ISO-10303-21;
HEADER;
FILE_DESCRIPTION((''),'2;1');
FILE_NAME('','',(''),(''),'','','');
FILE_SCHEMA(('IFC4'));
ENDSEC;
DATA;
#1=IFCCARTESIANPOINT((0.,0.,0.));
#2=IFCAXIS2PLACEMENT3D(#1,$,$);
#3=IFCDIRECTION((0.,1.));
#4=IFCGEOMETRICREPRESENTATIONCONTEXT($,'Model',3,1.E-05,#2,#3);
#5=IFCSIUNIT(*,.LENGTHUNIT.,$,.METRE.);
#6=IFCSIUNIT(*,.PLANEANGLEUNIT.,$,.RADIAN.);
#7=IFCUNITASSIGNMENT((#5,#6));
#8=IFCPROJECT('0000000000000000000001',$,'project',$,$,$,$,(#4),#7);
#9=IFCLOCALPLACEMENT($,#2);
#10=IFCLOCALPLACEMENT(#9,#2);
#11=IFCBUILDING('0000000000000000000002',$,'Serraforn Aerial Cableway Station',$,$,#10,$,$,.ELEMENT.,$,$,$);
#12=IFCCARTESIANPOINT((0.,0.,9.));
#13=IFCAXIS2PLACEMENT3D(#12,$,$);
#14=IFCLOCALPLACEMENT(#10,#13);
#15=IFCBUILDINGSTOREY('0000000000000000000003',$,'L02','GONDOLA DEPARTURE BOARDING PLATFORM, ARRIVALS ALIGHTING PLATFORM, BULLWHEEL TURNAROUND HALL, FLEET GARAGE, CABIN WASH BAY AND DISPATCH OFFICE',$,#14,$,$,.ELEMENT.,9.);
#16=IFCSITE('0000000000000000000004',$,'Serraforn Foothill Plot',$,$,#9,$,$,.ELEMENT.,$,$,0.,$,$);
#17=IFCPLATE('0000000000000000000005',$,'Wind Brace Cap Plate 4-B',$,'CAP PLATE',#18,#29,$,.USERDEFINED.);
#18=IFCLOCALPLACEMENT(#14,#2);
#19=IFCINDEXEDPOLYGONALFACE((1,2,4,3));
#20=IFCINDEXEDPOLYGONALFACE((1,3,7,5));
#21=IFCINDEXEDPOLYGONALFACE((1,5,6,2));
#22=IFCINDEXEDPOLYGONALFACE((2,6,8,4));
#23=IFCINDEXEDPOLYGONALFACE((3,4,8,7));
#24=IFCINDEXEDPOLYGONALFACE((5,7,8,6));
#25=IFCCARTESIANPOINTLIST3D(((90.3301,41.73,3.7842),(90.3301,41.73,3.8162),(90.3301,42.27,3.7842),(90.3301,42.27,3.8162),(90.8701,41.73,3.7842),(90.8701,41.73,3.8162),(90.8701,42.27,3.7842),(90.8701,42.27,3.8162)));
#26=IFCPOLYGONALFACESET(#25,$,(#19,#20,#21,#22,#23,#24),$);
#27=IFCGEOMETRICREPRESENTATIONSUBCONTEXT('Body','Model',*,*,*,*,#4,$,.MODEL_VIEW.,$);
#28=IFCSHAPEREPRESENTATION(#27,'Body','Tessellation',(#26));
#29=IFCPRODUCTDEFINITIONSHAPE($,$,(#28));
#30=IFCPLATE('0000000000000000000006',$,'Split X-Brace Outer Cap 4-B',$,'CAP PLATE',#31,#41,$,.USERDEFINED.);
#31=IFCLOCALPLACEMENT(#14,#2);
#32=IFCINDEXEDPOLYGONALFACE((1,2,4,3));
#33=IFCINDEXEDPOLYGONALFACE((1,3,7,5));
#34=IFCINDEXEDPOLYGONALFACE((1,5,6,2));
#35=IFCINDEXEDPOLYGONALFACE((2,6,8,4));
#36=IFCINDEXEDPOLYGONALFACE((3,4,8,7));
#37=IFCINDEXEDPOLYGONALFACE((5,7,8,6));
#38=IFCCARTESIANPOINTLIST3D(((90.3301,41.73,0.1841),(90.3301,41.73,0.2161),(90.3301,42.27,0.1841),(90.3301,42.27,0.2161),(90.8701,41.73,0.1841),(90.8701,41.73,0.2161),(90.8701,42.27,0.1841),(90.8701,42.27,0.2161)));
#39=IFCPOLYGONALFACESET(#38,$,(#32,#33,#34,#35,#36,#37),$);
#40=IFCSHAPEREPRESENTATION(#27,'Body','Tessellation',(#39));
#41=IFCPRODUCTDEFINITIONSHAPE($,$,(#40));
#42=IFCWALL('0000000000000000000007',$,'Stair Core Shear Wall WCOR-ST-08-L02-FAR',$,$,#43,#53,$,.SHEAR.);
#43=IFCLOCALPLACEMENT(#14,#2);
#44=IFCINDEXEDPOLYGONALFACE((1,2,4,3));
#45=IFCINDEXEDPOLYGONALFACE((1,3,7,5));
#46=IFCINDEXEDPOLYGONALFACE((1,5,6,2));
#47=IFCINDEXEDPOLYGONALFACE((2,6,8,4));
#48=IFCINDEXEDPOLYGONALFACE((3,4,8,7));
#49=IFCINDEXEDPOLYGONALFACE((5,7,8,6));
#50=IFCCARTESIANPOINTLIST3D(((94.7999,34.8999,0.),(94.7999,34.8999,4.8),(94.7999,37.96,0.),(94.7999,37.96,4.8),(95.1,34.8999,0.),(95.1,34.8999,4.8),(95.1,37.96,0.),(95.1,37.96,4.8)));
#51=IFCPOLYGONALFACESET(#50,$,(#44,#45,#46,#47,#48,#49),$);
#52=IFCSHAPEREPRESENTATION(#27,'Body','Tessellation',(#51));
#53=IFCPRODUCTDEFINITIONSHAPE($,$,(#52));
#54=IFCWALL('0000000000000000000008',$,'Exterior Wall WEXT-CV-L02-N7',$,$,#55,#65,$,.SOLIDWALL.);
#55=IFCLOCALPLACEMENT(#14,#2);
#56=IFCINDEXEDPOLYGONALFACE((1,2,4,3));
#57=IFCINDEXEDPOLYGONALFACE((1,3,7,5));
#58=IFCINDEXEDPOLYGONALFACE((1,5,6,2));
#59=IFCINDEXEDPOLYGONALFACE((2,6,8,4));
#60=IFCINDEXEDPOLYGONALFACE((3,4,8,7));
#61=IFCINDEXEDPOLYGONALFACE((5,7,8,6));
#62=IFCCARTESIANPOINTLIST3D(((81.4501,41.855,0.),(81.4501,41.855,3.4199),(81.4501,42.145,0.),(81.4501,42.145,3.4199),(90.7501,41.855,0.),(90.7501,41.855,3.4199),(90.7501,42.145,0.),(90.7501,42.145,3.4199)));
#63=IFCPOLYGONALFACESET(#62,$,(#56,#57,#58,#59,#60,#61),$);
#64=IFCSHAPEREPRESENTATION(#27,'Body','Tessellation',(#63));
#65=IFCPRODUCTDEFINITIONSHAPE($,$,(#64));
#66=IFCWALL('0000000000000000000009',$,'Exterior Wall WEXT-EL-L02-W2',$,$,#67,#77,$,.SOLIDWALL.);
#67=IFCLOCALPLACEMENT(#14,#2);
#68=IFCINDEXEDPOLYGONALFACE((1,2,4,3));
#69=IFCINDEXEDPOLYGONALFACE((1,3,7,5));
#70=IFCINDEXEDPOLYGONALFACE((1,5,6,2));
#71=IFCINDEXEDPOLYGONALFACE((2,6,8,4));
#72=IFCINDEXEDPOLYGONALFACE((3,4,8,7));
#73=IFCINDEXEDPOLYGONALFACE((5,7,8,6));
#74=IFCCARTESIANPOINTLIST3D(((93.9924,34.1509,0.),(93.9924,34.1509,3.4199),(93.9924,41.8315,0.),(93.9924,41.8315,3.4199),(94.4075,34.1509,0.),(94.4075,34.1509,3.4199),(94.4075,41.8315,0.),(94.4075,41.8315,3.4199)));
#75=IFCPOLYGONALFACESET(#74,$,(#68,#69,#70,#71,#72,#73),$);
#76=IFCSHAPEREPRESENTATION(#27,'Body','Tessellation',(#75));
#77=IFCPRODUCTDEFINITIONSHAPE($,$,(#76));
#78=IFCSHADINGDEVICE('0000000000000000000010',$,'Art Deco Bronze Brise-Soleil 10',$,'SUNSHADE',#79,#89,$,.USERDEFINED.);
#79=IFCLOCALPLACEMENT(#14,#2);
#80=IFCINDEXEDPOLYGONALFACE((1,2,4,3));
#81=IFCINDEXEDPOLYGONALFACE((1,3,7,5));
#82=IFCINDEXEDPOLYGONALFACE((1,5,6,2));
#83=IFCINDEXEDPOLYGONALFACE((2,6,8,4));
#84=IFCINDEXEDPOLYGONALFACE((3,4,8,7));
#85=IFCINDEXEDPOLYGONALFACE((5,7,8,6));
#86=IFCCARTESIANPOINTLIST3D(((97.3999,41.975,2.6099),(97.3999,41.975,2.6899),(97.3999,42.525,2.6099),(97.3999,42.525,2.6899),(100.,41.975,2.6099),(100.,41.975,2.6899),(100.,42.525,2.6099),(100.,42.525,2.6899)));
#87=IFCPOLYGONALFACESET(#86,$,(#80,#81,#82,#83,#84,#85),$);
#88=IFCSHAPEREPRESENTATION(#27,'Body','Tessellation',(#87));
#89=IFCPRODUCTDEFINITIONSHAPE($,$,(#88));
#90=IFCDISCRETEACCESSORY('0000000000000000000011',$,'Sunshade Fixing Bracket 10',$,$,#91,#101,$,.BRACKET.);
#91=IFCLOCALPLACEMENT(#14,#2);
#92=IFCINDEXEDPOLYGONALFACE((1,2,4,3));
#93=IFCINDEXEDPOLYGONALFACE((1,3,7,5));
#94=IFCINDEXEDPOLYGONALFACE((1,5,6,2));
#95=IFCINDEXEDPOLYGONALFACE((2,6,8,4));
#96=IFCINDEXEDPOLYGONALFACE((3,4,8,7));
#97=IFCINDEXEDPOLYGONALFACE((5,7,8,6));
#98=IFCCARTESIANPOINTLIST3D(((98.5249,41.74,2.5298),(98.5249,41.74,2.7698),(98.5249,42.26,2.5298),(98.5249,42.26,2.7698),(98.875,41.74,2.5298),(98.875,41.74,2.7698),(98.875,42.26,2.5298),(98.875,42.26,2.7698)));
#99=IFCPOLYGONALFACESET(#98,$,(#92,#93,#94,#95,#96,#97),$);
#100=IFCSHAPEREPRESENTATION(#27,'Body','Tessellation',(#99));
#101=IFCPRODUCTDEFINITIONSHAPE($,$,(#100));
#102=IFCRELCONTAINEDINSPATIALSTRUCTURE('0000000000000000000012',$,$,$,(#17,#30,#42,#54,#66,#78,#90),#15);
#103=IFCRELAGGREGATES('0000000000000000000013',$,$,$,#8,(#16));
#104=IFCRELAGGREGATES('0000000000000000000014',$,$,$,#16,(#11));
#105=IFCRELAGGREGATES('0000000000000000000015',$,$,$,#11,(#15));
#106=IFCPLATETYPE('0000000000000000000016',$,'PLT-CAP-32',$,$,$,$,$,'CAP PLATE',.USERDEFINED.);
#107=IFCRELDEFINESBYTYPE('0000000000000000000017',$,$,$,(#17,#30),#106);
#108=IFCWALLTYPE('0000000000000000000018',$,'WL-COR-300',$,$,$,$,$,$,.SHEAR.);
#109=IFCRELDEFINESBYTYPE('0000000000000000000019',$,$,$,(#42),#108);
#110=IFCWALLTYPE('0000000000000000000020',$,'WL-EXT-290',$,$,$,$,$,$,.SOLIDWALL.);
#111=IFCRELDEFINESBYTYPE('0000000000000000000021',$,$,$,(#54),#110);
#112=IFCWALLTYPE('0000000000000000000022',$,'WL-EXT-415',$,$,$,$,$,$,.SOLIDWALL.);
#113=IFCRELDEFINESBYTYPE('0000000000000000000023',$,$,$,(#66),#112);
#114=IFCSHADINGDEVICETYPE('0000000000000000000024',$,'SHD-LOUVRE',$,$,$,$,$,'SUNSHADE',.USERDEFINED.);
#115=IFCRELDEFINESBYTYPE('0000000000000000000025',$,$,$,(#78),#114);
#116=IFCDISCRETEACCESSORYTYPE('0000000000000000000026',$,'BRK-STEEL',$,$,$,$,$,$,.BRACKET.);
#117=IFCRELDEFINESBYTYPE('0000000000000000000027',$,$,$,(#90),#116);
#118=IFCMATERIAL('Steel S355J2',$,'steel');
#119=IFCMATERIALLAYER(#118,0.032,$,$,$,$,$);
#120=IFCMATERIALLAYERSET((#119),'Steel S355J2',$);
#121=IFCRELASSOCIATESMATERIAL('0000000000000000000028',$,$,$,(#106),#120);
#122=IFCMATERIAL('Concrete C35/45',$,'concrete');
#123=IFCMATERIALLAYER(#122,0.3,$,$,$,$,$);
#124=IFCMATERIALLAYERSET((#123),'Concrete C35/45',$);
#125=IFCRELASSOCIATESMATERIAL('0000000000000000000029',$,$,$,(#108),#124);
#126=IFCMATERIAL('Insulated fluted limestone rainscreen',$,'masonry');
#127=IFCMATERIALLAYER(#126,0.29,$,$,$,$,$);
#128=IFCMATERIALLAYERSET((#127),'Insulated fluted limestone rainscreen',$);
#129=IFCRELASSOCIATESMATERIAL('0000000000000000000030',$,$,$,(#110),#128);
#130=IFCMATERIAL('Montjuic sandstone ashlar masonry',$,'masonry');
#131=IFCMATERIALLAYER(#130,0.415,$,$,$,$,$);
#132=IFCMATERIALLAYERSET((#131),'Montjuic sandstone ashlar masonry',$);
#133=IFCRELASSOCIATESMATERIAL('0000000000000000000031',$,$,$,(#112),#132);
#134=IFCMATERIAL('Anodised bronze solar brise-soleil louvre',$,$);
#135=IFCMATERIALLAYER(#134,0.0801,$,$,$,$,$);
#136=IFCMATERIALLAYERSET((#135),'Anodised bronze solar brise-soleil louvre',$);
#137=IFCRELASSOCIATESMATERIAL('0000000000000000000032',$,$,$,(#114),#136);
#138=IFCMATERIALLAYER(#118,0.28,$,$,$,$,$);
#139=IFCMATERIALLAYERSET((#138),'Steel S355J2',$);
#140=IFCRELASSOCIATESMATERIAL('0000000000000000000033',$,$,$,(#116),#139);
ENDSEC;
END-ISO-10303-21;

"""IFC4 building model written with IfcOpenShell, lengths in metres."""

from ifc_helpers import new_model, si_unit, direction, frame, frame_2d, origin, origin_2d, place, context, subcontext, project, spatial, rectangle, extrude, material, layer, layer_set, type_object, element, save


model = new_model("IFC4")

# Units and contexts
model_context = context("Model", 3, precision=1e-05, world=origin(), true_north=direction((0.0, 1.0)))
body_context = subcontext(model_context, "Body", "Model", "MODEL_VIEW")
ifc_project = project(units=[si_unit("LENGTHUNIT", "METRE"), si_unit("PLANEANGLEUNIT", "RADIAN")], contexts=[model_context])

# Site, building, storey
site_placement = place(None, origin())
site = spatial("IfcSite", under=ifc_project, at=site_placement, Name="Serraforn Foothill Plot", CompositionType="ELEMENT", RefElevation=0.0)
building_placement = place(site_placement, origin())
building = spatial("IfcBuilding", under=site, at=building_placement, Name="Serraforn Aerial Cableway Station", CompositionType="ELEMENT")
storey_placement = place(building_placement, frame((0.0, 0.0, 9.0)))
storey = spatial("IfcBuildingStorey", under=building, at=storey_placement, Name="L02", Description="GONDOLA DEPARTURE BOARDING PLATFORM, ARRIVALS ALIGHTING PLATFORM, BULLWHEEL TURNAROUND HALL, FLEET GARAGE, CABIN WASH BAY AND DISPATCH OFFICE", CompositionType="ELEMENT", Elevation=9.0)

# Shared definitions
ifc_material_1 = material(Name="Steel S355J2", Category="steel")

# Plates
ifc_layer_1 = layer(ifc_material_1, 0.032)
ifc_layer_set_1 = layer_set([ifc_layer_1], Name="Steel S355J2")
plate_type_1 = type_object("IfcPlateType", Name="PLT-CAP-32", ElementType="CAP PLATE", PredefinedType="USERDEFINED", material=ifc_layer_set_1)
for number, where, z_axis, x_axis, name in (
    (1, (90.6001, 42.0, 3.7842), (0.0, 0.0, 1.0), (1.0, 0.0, 0.0), "Wind Brace Cap Plate 4-B"),
    (2, (90.6001, 42.0, 0.1841), (0.0, 0.0, 1.0), (1.0, 0.0, 0.0), "Split X-Brace Outer Cap 4-B"),
):
    element("IfcPlate", number, at=place(storey_placement, frame(where, z_axis=z_axis, x_axis=x_axis)), inside=storey, type_object=plate_type_1, Name=name, ObjectType="CAP PLATE", PredefinedType="USERDEFINED", context=body_context, shape_type="SweptSolid", body=[
        extrude(rectangle(XDim=0.54, YDim=0.54, at=origin_2d()), origin(), (0.0, 0.0, 1.0), 0.032),
    ])

# Walls
ifc_material_2 = material(Name="Concrete C35/45", Category="concrete")
ifc_layer_2 = layer(ifc_material_2, 0.3)
ifc_layer_set_2 = layer_set([ifc_layer_2], Name="Concrete C35/45")
wall_type_1 = type_object("IfcWallType", Name="WL-COR-300", PredefinedType="SHEAR", material=ifc_layer_set_2)
wall_1_placement = place(storey_placement, frame((94.95, 37.96, 0.0), z_axis=(0.0, 0.0, 1.0), x_axis=(0.0, -1.0, 0.0)))
element("IfcWall", 3, at=wall_1_placement, inside=storey, type_object=wall_type_1, Name="Stair Core Shear Wall WCOR-ST-08-L02-FAR", PredefinedType="SHEAR", context=body_context, shape_type="SweptSolid", body=[
    extrude(rectangle(XDim=3.0601, YDim=0.3, at=frame_2d((1.53, 0.0))), origin(), (0.0, 0.0, 1.0), 4.8),
])
ifc_material_3 = material(Name="Insulated fluted limestone rainscreen", Category="masonry")
ifc_layer_3 = layer(ifc_material_3, 0.29)
ifc_layer_set_3 = layer_set([ifc_layer_3], Name="Insulated fluted limestone rainscreen")
wall_type_2 = type_object("IfcWallType", Name="WL-EXT-290", PredefinedType="SOLIDWALL", material=ifc_layer_set_3)
wall_2_placement = place(storey_placement, frame((90.75, 42.0, 0.0), z_axis=(0.0, 0.0, 1.0), x_axis=(-1.0, 0.0, 0.0)))
element("IfcWall", 4, at=wall_2_placement, inside=storey, type_object=wall_type_2, Name="Exterior Wall WEXT-CV-L02-N7", PredefinedType="SOLIDWALL", context=body_context, shape_type="SweptSolid", body=[
    extrude(rectangle(XDim=9.3, YDim=0.29, at=frame_2d((4.6499, 0.0))), origin(), (0.0, 0.0, 1.0), 3.4199),
])
ifc_material_4 = material(Name="Montjuic sandstone ashlar masonry", Category="masonry")
ifc_layer_4 = layer(ifc_material_4, 0.415)
ifc_layer_set_4 = layer_set([ifc_layer_4], Name="Montjuic sandstone ashlar masonry")
wall_type_3 = type_object("IfcWallType", Name="WL-EXT-415", PredefinedType="SOLIDWALL", material=ifc_layer_set_4)
wall_3_placement = place(storey_placement, frame((94.2, 41.8315, 0.0), z_axis=(0.0, 0.0, 1.0), x_axis=(0.0, -1.0, 0.0)))
element("IfcWall", 5, at=wall_3_placement, inside=storey, type_object=wall_type_3, Name="Exterior Wall WEXT-EL-L02-W2", PredefinedType="SOLIDWALL", context=body_context, shape_type="SweptSolid", body=[
    extrude(rectangle(XDim=7.6807, YDim=0.415, at=frame_2d((3.8403, 0.0))), origin(), (0.0, 0.0, 1.0), 3.4199),
])

# Shading device
ifc_material_5 = material(Name="Anodised bronze solar brise-soleil louvre")
ifc_layer_5 = layer(ifc_material_5, 0.0801)
ifc_layer_set_5 = layer_set([ifc_layer_5], Name="Anodised bronze solar brise-soleil louvre")
shading_device_type = type_object("IfcShadingDeviceType", Name="SHD-LOUVRE", ElementType="SUNSHADE", PredefinedType="USERDEFINED", material=ifc_layer_set_5)
shading_device_placement = place(storey_placement, frame((98.7, 42.25, 2.6099), z_axis=(0.0, 0.0, 1.0), x_axis=(1.0, 0.0, 0.0)))
element("IfcShadingDevice", 6, at=shading_device_placement, inside=storey, type_object=shading_device_type, Name="Art Deco Bronze Brise-Soleil 10", ObjectType="SUNSHADE", PredefinedType="USERDEFINED", context=body_context, shape_type="SweptSolid", body=[
    extrude(rectangle(XDim=2.6001, YDim=0.55, at=origin_2d()), origin(), (0.0, 0.0, 1.0), 0.0801),
])

# Discrete accessory
ifc_layer_6 = layer(ifc_material_1, 0.28)
ifc_layer_set_6 = layer_set([ifc_layer_6], Name="Steel S355J2")
discrete_accessory_type = type_object("IfcDiscreteAccessoryType", Name="BRK-STEEL", PredefinedType="BRACKET", material=ifc_layer_set_6)
discrete_accessory_placement = place(storey_placement, frame((98.7, 42.0, 2.5298), z_axis=(0.0, 0.0, 1.0), x_axis=(1.0, 0.0, 0.0)))
element("IfcDiscreteAccessory", 7, at=discrete_accessory_placement, inside=storey, type_object=discrete_accessory_type, Name="Sunshade Fixing Bracket 10", PredefinedType="BRACKET", context=body_context, shape_type="SweptSolid", body=[
    extrude(rectangle(XDim=0.3501, YDim=0.52, at=origin_2d()), origin(), (0.0, 0.0, 1.0), 0.24),
])

save(model, "model.ifc")
